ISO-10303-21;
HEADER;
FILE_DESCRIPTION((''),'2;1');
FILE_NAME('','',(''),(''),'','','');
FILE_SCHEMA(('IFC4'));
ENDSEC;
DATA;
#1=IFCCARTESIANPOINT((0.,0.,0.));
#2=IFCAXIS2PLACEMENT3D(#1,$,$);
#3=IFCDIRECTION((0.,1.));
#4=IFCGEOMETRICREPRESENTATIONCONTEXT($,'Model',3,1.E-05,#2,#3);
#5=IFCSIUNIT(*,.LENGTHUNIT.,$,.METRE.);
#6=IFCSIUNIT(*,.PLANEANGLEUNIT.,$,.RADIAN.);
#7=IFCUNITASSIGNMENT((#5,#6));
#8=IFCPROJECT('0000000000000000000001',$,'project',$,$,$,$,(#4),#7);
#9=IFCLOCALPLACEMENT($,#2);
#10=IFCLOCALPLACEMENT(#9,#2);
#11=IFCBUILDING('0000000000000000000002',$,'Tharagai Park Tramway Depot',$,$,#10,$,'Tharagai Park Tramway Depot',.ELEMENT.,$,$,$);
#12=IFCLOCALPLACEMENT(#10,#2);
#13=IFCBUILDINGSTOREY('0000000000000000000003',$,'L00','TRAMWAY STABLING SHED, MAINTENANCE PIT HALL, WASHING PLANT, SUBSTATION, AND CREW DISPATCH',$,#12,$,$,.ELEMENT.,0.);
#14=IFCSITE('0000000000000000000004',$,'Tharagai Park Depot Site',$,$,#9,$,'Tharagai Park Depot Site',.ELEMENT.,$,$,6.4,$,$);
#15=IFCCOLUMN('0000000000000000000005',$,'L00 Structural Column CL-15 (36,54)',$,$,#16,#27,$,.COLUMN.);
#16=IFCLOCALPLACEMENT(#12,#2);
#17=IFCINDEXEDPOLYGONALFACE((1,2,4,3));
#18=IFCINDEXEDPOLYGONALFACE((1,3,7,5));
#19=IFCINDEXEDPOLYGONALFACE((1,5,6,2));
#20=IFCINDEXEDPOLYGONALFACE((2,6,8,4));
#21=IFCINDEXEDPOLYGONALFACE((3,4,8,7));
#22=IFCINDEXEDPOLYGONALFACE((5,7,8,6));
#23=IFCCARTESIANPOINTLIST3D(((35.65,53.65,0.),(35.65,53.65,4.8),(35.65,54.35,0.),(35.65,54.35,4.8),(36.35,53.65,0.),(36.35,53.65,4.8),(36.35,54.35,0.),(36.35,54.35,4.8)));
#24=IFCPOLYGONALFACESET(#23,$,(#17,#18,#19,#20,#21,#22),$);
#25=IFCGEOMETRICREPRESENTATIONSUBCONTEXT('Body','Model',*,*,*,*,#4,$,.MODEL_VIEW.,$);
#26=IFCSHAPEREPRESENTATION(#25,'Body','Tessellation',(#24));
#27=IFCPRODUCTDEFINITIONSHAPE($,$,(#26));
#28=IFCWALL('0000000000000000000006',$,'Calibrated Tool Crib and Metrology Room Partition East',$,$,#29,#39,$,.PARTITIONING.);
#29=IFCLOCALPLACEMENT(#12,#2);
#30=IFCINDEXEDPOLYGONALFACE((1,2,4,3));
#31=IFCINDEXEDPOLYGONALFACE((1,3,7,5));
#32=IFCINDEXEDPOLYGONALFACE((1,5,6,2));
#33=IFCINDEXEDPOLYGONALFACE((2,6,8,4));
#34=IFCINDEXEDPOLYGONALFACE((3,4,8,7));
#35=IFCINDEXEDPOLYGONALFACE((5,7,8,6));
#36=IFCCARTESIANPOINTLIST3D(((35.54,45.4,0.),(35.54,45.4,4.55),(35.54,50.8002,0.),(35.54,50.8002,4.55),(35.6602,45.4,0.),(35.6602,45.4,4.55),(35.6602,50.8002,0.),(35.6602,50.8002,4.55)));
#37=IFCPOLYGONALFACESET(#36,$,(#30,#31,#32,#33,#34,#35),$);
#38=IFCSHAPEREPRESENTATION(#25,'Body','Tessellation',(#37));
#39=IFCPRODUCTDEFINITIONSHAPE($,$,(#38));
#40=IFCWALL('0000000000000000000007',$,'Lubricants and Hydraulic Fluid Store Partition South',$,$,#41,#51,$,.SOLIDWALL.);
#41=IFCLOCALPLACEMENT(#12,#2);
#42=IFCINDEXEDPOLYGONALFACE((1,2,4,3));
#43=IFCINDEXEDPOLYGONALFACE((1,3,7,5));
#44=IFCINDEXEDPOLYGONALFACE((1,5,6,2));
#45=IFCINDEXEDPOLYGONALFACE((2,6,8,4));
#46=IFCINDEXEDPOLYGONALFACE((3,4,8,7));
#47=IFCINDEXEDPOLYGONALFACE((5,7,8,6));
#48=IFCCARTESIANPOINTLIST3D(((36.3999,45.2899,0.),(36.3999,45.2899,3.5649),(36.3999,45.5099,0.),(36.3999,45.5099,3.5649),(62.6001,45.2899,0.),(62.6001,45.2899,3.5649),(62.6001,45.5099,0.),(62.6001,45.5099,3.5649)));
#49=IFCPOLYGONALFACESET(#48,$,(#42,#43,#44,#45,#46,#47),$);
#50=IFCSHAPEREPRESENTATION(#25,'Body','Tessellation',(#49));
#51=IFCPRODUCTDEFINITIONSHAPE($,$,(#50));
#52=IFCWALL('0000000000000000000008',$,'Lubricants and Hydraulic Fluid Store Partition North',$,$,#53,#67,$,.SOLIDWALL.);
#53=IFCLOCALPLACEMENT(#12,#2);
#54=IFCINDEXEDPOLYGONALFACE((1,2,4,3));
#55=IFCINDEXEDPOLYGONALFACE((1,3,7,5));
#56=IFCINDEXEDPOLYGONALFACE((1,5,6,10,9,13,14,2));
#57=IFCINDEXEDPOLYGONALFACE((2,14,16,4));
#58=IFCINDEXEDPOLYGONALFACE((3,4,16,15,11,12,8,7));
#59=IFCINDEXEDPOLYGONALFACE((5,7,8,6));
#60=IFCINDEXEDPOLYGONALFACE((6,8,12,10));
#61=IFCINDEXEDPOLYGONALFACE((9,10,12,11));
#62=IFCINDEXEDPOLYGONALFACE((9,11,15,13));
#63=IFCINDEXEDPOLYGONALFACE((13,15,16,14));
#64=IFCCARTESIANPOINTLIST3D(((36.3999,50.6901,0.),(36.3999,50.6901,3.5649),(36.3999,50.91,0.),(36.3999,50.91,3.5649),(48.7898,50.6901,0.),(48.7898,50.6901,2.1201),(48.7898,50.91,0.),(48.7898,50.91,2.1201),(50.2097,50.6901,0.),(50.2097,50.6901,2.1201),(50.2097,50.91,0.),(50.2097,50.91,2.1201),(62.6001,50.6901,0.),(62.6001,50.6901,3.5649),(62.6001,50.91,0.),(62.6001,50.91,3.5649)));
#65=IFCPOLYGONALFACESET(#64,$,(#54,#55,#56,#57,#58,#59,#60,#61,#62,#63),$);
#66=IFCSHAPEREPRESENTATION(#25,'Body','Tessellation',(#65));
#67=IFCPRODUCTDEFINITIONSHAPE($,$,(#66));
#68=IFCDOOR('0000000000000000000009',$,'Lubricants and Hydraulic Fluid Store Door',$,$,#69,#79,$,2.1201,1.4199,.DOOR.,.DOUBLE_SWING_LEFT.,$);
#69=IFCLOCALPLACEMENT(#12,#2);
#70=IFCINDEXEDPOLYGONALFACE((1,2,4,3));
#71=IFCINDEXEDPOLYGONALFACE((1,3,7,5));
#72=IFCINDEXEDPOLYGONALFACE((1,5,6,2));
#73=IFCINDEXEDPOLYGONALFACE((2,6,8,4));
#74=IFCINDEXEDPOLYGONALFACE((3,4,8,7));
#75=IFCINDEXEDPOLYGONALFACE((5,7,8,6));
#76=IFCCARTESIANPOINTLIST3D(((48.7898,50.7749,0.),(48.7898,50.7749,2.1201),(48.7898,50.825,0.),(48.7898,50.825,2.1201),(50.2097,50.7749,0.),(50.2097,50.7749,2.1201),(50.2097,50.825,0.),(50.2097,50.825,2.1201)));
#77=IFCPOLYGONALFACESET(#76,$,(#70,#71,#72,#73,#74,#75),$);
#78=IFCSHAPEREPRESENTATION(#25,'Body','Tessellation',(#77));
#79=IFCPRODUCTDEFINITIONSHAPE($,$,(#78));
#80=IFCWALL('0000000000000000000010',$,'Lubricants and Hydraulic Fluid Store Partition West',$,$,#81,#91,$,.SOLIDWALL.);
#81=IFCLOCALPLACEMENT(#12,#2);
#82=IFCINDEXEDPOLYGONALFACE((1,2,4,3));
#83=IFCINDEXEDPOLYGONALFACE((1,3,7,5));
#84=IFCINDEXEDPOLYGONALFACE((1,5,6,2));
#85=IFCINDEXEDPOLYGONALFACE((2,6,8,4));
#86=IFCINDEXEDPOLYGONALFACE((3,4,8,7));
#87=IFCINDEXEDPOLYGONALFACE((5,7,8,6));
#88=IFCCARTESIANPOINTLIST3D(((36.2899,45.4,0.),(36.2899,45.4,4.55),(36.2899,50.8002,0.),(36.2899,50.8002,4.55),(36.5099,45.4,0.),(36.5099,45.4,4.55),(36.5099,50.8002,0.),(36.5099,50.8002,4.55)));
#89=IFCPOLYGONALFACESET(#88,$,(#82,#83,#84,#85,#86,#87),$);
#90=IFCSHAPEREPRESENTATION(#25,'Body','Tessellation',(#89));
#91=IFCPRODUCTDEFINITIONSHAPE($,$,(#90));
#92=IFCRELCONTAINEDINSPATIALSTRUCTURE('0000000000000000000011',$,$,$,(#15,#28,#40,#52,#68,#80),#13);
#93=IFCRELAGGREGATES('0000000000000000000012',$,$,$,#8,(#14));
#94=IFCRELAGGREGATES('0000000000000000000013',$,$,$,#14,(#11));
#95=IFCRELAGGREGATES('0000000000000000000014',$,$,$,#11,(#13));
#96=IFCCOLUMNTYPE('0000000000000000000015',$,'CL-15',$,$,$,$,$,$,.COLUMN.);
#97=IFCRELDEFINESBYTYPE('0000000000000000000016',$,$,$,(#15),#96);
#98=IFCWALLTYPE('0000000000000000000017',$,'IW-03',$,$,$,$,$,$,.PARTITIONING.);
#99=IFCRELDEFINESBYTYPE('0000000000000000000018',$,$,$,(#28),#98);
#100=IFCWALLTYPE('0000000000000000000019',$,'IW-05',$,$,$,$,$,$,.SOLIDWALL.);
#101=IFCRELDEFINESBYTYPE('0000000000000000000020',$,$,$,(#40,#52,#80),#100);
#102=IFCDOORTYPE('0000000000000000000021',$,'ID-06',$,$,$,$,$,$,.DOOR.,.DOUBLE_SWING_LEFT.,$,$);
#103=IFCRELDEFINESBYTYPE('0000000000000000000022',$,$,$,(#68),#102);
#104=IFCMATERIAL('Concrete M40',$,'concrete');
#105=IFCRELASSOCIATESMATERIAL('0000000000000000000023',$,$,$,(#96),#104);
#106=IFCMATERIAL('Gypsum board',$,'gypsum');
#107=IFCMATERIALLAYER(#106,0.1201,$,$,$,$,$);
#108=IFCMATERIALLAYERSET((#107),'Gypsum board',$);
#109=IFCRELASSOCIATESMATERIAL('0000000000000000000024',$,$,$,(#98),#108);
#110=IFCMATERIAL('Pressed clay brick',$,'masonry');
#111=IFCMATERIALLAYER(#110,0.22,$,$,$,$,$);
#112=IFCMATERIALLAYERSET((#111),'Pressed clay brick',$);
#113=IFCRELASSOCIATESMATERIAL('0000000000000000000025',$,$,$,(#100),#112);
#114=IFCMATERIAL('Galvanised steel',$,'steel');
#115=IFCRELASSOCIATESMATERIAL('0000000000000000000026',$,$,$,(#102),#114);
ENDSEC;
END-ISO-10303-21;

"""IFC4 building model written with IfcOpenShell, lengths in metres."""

from ifc_helpers import new_model, si_unit, direction, frame, frame_2d, origin, origin_2d, place, context, subcontext, project, spatial, rectangle, extrude, material, layer, layer_set, material_profile, profile_set, type_object, element, fill, save


model = new_model("IFC4")

# Units and contexts
model_context = context("Model", 3, precision=1e-05, world=origin(), true_north=direction((0.0, 1.0)))
body_context = subcontext(model_context, "Body", "Model", "MODEL_VIEW")
ifc_project = project(units=[si_unit("LENGTHUNIT", "METRE"), si_unit("PLANEANGLEUNIT", "RADIAN")], contexts=[model_context])

# Site, building, storey
site_placement = place(None, origin())
site = spatial("IfcSite", under=ifc_project, at=site_placement, Name="Tharagai Park Depot Site", LongName="Tharagai Park Depot Site", CompositionType="ELEMENT", RefElevation=6.4)
building_placement = place(site_placement, origin())
building = spatial("IfcBuilding", under=site, at=building_placement, Name="Tharagai Park Tramway Depot", LongName="Tharagai Park Tramway Depot", CompositionType="ELEMENT")
storey_placement = place(building_placement, origin())
storey = spatial("IfcBuildingStorey", under=building, at=storey_placement, Name="L00", Description="TRAMWAY STABLING SHED, MAINTENANCE PIT HALL, WASHING PLANT, SUBSTATION, AND CREW DISPATCH", CompositionType="ELEMENT", Elevation=0.0)

# Shared definitions
ifc_material_1 = material(Name="Concrete M40", Category="concrete")

# Column
ifc_material_profile_1 = material_profile(ifc_material_1, rectangle(XDim=0.7, YDim=0.7, at=origin_2d()), Name="RC 700x700")
ifc_profile_set_1 = profile_set([ifc_material_profile_1], Name="Concrete M40")
column_type_1 = type_object("IfcColumnType", Name="CL-15", PredefinedType="COLUMN", material=ifc_profile_set_1)
for number, where, z_axis, x_axis, name in (
    (1, (36.0, 54.0, 0.0), (0.0, 0.0, 1.0), (1.0, 0.0, 0.0), "L00 Structural Column CL-15 (36,54)"),
):
    element("IfcColumn", number, at=place(storey_placement, frame(where, z_axis=z_axis, x_axis=x_axis)), inside=storey, type_object=column_type_1, Name=name, PredefinedType="COLUMN", context=body_context, shape_type="SweptSolid", body=[
        extrude(rectangle(XDim=0.7, YDim=0.7, at=origin_2d()), origin(), (0.0, 0.0, 1.0), 4.8),
    ])

# Walls
ifc_material_2 = material(Name="Gypsum board", Category="gypsum")
ifc_layer_1 = layer(ifc_material_2, 0.1201)
ifc_layer_set_1 = layer_set([ifc_layer_1], Name="Gypsum board")
wall_type_1 = type_object("IfcWallType", Name="IW-03", PredefinedType="PARTITIONING", material=ifc_layer_set_1)
wall_1_placement = place(storey_placement, frame((35.6001, 45.3999, 0.0), z_axis=(0.0, 0.0, 1.0), x_axis=(0.0, 1.0, 0.0)))
element("IfcWall", 2, at=wall_1_placement, inside=storey, type_object=wall_type_1, Name="Calibrated Tool Crib and Metrology Room Partition East", PredefinedType="PARTITIONING", context=body_context, shape_type="SweptSolid", body=[
    extrude(rectangle(XDim=5.4001, YDim=0.1201, at=frame_2d((2.7002, 0.0))), origin(), (0.0, 0.0, 1.0), 4.55),
])
ifc_material_3 = material(Name="Pressed clay brick", Category="masonry")
ifc_layer_2 = layer(ifc_material_3, 0.22)
ifc_layer_set_2 = layer_set([ifc_layer_2], Name="Pressed clay brick")
wall_type_2 = type_object("IfcWallType", Name="IW-05", PredefinedType="SOLIDWALL", material=ifc_layer_set_2)
wall_2_placement = place(storey_placement, frame((36.3999, 45.3999, 0.0), z_axis=(0.0, 0.0, 1.0), x_axis=(1.0, 0.0, 0.0)))
element("IfcWall", 3, at=wall_2_placement, inside=storey, type_object=wall_type_2, Name="Lubricants and Hydraulic Fluid Store Partition South", PredefinedType="SOLIDWALL", context=body_context, shape_type="SweptSolid", body=[
    extrude(rectangle(XDim=26.2002, YDim=0.22, at=frame_2d((13.1001, 0.0))), origin(), (0.0, 0.0, 1.0), 3.5649),
])

# Wall, opening, door
wall_3_placement = place(storey_placement, frame((36.3999, 50.8, 0.0), z_axis=(0.0, 0.0, 1.0), x_axis=(1.0, 0.0, 0.0)))
wall_3 = element("IfcWall", 4, at=wall_3_placement, inside=storey, type_object=wall_type_2, Name="Lubricants and Hydraulic Fluid Store Partition North", PredefinedType="SOLIDWALL", context=body_context, shape_type="SweptSolid", body=[
    extrude(rectangle(XDim=26.2002, YDim=0.22, at=frame_2d((13.1001, 0.0))), origin(), (0.0, 0.0, 1.0), 3.5649),
])
opening_placement = place(wall_3_placement, frame((12.3899, 0.0, 0.0)))
opening = element("IfcOpeningElement", 5, at=opening_placement, cuts=wall_3, PredefinedType="OPENING", context=body_context, shape_type="SweptSolid", body=[
    extrude(rectangle(XDim=1.4199, YDim=2.1201, at=frame_2d((0.71, 1.0601))), frame((0.0, 0.1199, 0.0), z_axis=(0.0, -1.0, 0.0), x_axis=(1.0, 0.0, 0.0)), (0.0, 0.0, 1.0), 0.24),
])
ifc_material_4 = material(Name="Galvanised steel", Category="steel")
door_type = type_object("IfcDoorType", Name="ID-06", OperationType="DOUBLE_SWING_LEFT", PredefinedType="DOOR", material=ifc_material_4)
door_placement = place(opening_placement, origin())
door = element("IfcDoor", 6, at=door_placement, inside=storey, type_object=door_type, Name="Lubricants and Hydraulic Fluid Store Door", OperationType="DOUBLE_SWING_LEFT", OverallHeight=2.1201, OverallWidth=1.4199, PredefinedType="DOOR", context=body_context, shape_type="SweptSolid", body=[
    extrude(rectangle(XDim=1.4199, YDim=2.1201, at=frame_2d((0.71, 1.0601))), frame((0.0, 0.0249, 0.0), z_axis=(0.0, -1.0, 0.0), x_axis=(1.0, 0.0, 0.0)), (0.0, 0.0, 1.0), 0.05),
])
fill(opening, door)

# Wall
wall_4_placement = place(storey_placement, frame((36.3999, 45.3999, 0.0), z_axis=(0.0, 0.0, 1.0), x_axis=(0.0, 1.0, 0.0)))
element("IfcWall", 7, at=wall_4_placement, inside=storey, type_object=wall_type_2, Name="Lubricants and Hydraulic Fluid Store Partition West", PredefinedType="SOLIDWALL", context=body_context, shape_type="SweptSolid", body=[
    extrude(rectangle(XDim=5.4001, YDim=0.22, at=frame_2d((2.7002, 0.0))), origin(), (0.0, 0.0, 1.0), 4.55),
])

save(model, "model.ifc")
